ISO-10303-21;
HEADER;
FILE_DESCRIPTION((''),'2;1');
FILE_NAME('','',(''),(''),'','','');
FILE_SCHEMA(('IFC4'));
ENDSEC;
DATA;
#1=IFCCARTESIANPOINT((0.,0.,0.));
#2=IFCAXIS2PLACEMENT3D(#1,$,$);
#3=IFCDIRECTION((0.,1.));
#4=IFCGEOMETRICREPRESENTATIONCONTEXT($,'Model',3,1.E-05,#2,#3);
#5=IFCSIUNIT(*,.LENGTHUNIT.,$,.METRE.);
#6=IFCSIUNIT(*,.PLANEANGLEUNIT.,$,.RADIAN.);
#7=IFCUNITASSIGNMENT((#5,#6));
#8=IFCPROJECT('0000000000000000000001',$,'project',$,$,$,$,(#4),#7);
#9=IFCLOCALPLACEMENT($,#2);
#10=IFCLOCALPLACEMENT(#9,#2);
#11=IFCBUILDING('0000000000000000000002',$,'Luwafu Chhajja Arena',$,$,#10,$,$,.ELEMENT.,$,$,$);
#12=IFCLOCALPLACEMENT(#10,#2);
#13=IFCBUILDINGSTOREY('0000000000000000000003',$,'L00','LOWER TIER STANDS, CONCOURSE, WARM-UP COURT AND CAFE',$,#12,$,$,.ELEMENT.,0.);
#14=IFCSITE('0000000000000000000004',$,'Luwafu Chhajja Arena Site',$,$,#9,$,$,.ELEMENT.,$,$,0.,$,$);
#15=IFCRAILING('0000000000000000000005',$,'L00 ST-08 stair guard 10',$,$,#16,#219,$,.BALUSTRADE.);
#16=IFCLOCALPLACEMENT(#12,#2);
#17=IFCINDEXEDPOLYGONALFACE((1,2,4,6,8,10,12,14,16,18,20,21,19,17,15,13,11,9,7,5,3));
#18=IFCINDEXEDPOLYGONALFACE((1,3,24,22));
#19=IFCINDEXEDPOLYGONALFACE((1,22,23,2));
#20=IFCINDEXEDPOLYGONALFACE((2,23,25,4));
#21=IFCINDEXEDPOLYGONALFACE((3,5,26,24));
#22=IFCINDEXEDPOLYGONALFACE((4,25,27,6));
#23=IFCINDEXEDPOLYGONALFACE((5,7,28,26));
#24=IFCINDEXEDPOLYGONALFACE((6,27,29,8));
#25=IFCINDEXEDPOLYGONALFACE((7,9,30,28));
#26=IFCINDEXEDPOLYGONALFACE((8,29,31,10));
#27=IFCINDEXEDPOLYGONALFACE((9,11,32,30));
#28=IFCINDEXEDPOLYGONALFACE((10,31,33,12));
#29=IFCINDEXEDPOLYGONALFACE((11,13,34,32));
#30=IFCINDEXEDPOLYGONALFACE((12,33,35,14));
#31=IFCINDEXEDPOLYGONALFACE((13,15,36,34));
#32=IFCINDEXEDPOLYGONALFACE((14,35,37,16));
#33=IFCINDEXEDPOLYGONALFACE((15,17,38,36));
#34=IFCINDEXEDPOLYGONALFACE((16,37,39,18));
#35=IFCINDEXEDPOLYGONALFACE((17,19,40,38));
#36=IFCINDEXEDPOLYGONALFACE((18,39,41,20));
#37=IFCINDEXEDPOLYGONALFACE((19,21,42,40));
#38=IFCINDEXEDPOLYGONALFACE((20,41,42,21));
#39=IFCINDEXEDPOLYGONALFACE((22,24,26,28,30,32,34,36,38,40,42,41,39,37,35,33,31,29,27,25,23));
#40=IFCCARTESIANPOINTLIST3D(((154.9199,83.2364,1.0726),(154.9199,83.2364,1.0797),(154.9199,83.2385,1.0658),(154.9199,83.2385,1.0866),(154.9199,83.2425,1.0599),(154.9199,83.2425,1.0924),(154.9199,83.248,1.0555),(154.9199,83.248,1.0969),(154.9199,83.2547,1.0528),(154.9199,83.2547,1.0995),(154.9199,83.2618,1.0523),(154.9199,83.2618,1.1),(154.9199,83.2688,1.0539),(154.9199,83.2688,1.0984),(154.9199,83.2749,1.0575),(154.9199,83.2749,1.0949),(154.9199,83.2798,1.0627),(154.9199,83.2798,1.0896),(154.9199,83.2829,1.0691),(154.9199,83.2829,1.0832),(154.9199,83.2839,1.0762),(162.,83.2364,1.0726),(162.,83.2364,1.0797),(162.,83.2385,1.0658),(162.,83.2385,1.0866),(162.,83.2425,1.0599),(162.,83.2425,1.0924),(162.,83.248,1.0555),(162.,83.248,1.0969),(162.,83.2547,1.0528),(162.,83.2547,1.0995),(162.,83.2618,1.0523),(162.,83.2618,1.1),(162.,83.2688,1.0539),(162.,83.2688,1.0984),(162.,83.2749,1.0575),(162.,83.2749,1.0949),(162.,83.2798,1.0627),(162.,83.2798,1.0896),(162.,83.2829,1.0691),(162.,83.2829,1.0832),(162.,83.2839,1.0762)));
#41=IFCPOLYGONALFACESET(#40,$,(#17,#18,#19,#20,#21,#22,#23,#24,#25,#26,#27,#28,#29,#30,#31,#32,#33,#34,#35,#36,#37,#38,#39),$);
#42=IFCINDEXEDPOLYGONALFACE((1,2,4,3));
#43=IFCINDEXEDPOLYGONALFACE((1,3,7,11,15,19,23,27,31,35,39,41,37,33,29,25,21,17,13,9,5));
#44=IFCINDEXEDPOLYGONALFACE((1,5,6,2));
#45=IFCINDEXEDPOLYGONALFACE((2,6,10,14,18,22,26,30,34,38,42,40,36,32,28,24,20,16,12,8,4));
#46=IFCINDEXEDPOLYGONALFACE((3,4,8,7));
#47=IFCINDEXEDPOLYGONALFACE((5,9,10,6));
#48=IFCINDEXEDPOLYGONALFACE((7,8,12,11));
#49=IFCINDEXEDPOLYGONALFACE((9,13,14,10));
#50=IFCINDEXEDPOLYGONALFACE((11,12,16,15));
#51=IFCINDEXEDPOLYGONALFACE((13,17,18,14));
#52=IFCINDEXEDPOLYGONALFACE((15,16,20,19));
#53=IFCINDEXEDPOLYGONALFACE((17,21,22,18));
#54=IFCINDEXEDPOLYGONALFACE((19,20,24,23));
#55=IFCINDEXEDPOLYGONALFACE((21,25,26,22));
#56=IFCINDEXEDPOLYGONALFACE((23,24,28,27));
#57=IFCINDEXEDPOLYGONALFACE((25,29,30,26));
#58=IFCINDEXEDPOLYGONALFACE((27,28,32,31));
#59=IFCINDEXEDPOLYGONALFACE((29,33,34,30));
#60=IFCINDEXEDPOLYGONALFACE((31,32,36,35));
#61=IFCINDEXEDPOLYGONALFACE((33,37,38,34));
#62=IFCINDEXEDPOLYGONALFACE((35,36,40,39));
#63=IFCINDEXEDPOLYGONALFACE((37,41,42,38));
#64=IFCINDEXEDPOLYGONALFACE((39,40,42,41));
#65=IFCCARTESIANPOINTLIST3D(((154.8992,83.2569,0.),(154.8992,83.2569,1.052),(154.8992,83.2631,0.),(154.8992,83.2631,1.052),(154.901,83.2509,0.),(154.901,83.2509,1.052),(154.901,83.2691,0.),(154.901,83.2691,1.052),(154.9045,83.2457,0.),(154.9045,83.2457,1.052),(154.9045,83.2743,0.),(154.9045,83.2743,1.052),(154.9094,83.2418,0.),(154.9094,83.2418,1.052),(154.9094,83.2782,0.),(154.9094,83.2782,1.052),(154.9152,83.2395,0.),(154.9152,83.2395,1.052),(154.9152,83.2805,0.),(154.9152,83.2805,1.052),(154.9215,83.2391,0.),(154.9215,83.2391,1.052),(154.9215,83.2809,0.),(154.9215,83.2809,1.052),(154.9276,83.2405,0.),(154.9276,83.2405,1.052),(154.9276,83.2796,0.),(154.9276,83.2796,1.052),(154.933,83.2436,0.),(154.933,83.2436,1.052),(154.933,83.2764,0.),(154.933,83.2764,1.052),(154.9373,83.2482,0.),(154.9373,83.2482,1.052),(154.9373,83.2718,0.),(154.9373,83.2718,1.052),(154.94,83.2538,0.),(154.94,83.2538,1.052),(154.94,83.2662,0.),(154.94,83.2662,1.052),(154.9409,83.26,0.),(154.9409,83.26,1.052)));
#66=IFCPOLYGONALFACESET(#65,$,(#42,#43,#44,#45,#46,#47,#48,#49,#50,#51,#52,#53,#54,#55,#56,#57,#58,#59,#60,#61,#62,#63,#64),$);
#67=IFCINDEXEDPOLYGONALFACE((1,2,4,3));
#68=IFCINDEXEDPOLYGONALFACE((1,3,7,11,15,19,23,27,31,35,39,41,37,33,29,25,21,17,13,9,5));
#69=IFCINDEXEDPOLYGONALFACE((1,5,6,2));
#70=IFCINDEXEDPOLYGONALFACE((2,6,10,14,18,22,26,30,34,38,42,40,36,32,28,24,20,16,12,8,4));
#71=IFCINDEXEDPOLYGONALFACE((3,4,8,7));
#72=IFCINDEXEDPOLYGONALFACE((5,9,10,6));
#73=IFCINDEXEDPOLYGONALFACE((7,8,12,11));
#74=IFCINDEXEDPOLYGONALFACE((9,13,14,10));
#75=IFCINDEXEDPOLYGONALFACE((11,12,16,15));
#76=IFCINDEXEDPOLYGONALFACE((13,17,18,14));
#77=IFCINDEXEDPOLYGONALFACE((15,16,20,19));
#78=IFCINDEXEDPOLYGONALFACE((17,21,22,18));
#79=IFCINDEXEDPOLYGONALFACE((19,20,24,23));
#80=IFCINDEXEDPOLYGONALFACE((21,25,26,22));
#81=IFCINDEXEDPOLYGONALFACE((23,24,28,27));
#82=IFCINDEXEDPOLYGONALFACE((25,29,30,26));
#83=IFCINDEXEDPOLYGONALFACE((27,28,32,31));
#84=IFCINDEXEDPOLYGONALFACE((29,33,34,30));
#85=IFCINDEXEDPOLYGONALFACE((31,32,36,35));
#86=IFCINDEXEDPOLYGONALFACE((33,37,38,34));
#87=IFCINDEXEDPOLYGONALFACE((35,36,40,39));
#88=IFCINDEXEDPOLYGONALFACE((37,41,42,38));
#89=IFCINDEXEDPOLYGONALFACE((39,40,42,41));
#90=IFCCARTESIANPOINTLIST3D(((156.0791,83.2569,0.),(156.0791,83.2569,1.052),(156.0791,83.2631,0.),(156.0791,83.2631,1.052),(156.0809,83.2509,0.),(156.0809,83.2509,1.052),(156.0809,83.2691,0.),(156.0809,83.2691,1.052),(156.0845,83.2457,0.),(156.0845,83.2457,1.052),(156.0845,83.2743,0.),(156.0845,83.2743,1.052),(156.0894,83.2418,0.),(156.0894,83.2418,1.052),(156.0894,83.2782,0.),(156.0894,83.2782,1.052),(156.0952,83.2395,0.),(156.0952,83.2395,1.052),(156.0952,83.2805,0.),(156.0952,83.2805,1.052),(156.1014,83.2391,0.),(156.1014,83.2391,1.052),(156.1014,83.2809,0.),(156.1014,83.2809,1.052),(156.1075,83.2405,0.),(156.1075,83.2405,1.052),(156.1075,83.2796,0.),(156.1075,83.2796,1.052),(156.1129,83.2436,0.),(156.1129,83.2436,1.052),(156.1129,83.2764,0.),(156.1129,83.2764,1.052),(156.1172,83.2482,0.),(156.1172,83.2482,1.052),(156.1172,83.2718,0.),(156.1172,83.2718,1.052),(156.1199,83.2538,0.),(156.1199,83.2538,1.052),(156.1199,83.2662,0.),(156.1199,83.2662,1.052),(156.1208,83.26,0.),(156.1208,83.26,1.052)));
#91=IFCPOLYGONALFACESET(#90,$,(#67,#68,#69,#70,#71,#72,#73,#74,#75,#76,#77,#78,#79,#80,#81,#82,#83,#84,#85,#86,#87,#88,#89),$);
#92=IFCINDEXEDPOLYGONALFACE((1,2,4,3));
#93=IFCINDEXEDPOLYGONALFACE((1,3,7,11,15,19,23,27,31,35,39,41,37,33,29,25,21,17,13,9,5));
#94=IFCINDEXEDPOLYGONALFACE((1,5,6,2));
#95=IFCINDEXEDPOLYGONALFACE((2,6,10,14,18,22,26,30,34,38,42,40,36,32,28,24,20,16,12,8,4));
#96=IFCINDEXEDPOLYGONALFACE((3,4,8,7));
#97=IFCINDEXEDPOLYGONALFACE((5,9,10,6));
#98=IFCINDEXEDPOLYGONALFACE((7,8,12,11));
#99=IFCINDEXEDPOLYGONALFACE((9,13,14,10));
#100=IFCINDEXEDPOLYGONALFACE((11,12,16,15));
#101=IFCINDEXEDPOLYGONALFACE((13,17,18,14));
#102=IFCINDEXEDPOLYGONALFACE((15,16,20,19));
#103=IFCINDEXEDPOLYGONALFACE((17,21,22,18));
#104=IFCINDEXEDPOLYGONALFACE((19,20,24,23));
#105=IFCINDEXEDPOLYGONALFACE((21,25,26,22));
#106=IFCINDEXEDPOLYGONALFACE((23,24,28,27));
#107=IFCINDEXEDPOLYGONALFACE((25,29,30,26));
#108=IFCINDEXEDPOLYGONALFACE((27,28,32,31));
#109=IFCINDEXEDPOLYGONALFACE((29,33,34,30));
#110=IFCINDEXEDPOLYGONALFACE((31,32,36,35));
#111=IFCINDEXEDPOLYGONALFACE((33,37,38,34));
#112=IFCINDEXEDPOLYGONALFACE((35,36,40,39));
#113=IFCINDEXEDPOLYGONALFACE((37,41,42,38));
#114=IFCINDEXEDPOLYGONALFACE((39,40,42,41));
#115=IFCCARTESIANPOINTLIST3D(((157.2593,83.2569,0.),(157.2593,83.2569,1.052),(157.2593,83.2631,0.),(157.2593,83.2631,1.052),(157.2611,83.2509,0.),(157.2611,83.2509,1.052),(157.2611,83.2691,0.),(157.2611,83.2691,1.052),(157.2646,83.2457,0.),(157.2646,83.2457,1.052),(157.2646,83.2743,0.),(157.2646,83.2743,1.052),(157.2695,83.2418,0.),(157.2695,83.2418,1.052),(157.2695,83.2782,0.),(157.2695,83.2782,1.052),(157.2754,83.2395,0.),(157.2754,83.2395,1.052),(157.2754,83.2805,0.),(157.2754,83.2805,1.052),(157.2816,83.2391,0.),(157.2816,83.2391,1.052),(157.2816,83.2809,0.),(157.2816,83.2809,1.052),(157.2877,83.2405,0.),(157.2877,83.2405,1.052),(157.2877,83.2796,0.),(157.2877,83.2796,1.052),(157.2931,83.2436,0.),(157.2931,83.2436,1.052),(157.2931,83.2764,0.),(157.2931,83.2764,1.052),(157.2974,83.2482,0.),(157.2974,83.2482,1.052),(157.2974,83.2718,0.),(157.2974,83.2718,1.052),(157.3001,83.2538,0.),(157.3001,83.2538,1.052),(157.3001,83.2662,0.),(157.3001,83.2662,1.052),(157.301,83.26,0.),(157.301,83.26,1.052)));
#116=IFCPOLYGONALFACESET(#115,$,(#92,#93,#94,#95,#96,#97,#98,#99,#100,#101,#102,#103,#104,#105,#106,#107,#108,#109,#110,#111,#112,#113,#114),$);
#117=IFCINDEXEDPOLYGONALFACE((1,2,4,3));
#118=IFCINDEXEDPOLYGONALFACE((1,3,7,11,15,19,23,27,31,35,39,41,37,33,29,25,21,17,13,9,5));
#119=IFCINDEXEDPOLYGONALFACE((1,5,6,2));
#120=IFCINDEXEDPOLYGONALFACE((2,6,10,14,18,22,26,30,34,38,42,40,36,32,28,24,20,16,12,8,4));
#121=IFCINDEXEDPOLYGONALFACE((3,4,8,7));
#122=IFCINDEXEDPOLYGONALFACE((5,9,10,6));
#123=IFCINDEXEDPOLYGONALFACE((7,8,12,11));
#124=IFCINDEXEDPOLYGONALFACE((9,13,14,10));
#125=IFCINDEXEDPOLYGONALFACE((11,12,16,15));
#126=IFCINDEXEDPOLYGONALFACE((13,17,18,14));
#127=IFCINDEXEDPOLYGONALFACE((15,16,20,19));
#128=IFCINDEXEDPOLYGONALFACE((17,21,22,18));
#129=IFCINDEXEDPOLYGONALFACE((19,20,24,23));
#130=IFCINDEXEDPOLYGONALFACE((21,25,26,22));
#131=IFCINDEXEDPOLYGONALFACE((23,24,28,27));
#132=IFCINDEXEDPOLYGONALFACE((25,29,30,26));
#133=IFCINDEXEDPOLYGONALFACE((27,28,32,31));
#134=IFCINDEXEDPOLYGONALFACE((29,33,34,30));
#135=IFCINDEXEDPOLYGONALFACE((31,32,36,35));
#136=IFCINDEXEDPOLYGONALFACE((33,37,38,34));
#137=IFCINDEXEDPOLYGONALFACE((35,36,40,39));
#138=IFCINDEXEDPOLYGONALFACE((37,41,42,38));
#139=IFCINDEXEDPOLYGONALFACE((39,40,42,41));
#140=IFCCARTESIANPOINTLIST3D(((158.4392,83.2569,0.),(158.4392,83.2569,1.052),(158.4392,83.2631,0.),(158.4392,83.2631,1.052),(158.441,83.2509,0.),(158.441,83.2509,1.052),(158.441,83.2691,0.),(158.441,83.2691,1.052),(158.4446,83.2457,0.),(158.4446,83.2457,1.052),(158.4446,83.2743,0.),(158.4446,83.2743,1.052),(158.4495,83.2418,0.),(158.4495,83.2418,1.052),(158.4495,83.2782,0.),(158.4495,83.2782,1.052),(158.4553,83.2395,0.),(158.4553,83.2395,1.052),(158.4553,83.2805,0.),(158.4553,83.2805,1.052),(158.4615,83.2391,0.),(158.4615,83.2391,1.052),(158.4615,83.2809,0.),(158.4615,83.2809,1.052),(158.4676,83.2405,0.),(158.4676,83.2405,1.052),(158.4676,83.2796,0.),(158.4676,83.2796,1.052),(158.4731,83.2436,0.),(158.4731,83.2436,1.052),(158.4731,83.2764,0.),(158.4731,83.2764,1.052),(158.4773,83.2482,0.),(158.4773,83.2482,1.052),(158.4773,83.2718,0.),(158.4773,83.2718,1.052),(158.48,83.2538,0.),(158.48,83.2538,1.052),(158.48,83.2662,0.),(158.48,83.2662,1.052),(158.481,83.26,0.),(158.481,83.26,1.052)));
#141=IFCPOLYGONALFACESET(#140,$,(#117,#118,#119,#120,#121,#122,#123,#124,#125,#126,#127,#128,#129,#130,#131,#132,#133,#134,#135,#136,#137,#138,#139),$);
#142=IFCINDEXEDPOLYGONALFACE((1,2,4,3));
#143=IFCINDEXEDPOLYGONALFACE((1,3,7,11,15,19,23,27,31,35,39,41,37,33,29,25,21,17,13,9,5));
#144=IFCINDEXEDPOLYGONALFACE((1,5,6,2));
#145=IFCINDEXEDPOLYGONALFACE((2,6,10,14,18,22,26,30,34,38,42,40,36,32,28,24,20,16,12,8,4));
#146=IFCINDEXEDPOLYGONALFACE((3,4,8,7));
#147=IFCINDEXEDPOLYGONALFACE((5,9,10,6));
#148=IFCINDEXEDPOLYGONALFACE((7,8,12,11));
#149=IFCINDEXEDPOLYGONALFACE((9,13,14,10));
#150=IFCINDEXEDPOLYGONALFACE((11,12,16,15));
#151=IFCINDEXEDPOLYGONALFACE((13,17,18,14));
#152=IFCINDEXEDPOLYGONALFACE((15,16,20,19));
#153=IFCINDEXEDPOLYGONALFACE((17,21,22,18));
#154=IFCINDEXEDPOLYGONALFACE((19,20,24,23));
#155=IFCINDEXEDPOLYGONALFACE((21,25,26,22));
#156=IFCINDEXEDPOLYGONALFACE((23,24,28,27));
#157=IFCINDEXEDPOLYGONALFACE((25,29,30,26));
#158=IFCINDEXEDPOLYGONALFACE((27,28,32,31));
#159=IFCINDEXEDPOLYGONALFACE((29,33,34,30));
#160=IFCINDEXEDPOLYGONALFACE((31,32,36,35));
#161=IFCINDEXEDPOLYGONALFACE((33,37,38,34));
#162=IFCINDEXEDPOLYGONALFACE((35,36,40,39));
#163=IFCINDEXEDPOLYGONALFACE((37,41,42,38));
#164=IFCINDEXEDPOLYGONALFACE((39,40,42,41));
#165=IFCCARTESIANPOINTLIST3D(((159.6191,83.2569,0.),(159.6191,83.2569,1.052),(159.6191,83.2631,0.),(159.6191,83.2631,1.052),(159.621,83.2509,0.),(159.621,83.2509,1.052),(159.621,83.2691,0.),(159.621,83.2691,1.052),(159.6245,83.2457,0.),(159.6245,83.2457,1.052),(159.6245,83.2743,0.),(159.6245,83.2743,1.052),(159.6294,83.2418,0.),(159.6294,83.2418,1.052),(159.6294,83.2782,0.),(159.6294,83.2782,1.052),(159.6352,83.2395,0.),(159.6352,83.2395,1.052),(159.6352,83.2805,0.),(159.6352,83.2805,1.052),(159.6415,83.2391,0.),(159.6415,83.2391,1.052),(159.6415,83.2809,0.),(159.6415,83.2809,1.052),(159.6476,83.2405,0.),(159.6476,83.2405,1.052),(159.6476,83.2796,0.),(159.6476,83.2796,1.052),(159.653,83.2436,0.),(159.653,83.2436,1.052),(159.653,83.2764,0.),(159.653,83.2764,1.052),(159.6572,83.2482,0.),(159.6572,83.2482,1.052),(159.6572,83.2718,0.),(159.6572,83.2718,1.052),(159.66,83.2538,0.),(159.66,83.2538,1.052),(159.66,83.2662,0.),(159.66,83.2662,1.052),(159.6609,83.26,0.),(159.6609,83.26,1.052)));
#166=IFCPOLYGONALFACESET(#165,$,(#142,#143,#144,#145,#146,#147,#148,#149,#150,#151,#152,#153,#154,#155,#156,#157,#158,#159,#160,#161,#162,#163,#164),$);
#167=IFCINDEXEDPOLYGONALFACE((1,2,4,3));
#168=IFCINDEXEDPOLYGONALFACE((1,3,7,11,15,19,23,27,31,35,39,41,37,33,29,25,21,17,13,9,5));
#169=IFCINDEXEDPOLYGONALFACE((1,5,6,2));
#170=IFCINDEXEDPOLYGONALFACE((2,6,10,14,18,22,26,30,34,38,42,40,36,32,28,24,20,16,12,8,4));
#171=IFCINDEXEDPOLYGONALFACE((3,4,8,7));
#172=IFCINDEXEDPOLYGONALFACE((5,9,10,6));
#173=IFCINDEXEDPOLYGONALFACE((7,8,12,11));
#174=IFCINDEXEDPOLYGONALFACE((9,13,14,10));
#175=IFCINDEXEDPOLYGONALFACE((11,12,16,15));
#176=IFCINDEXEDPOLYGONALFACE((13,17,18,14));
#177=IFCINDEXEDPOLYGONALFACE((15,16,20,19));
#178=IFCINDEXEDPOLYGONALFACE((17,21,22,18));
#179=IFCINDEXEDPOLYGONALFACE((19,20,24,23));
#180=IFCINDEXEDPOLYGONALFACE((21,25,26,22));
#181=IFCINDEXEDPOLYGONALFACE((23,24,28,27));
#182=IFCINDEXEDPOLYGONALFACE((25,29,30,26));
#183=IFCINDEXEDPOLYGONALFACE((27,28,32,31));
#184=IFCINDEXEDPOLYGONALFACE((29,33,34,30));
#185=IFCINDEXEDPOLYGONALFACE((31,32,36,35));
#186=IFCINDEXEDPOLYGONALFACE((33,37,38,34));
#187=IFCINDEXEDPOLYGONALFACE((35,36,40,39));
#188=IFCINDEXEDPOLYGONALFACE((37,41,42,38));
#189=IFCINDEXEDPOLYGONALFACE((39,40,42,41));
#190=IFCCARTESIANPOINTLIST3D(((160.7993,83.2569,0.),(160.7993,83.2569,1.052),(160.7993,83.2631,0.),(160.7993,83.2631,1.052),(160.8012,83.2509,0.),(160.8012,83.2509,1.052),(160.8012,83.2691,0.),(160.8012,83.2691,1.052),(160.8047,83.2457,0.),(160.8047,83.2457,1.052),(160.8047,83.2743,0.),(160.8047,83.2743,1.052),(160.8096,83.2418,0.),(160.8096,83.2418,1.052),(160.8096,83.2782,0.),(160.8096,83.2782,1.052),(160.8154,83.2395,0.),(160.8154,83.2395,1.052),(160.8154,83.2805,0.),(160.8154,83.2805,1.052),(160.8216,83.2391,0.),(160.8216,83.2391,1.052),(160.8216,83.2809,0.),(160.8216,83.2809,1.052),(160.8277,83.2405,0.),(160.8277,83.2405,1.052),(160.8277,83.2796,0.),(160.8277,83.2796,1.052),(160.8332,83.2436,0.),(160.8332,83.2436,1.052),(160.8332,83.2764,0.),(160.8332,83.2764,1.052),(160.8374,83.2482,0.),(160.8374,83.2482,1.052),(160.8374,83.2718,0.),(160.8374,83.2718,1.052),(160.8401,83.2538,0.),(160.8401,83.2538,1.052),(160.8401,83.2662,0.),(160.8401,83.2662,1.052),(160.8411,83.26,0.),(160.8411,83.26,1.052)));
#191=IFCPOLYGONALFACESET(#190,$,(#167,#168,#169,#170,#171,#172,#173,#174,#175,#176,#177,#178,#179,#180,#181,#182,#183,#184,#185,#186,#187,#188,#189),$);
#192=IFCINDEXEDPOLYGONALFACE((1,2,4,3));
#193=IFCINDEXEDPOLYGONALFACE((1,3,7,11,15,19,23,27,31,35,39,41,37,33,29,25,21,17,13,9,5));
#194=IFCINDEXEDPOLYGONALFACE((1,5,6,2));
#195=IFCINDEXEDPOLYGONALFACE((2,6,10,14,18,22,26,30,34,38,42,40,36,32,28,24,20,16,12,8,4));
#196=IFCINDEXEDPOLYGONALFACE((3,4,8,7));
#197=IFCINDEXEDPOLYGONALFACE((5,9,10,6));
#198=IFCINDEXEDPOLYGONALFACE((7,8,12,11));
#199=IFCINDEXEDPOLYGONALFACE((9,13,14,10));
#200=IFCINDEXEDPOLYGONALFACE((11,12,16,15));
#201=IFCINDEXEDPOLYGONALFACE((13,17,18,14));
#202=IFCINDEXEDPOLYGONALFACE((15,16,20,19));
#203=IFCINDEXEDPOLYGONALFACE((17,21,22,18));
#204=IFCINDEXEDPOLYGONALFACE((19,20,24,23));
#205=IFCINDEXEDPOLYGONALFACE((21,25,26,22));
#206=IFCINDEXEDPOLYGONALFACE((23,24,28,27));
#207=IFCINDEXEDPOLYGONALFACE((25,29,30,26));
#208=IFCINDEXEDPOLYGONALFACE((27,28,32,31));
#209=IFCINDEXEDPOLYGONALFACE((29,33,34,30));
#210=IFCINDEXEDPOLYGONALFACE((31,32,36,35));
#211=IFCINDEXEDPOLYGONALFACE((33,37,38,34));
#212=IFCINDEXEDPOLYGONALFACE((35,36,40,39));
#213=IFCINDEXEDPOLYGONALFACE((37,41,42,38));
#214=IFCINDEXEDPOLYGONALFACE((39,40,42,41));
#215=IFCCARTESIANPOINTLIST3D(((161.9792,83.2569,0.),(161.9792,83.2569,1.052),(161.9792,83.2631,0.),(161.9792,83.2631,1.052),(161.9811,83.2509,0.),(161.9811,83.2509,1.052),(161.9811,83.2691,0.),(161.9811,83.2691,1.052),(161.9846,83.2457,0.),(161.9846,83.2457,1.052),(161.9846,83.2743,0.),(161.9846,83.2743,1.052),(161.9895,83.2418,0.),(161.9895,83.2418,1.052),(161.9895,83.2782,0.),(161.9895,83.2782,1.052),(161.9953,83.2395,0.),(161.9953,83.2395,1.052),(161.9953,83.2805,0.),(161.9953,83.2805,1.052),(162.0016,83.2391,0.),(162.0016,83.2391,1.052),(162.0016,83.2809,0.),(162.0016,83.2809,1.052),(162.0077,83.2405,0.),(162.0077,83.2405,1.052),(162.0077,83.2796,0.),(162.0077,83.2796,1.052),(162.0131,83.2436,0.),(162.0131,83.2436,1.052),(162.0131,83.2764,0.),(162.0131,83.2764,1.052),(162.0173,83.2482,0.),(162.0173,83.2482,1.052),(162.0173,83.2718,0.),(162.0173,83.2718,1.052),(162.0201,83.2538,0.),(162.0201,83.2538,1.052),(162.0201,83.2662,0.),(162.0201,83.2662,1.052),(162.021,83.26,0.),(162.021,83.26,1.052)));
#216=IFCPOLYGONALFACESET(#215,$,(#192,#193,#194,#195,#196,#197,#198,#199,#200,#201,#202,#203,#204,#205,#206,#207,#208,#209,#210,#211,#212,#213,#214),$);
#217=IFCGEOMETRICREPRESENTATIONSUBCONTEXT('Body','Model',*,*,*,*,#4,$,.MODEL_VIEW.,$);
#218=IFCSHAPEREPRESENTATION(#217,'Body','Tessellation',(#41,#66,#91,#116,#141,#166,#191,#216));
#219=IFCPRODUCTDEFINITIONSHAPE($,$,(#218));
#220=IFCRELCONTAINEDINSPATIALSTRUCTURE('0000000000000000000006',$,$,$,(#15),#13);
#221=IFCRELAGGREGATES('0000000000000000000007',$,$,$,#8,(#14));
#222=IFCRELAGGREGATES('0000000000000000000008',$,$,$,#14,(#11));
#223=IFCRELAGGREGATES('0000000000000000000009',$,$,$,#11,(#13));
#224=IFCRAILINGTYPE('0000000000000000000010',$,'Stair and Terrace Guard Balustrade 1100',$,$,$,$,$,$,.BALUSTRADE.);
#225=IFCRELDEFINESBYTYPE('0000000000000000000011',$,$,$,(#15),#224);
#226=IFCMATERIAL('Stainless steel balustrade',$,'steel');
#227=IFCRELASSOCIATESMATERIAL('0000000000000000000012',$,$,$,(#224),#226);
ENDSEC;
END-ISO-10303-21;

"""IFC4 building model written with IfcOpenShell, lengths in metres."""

from ifc_helpers import new_model, si_unit, direction, frame, origin, origin_2d, place, context, subcontext, project, spatial, circle, extrude, material, type_object, element, save


model = new_model("IFC4")

# Units and contexts
model_context = context("Model", 3, precision=1e-05, world=origin(), true_north=direction((0.0, 1.0)))
body_context = subcontext(model_context, "Body", "Model", "MODEL_VIEW")
ifc_project = project(units=[si_unit("LENGTHUNIT", "METRE"), si_unit("PLANEANGLEUNIT", "RADIAN")], contexts=[model_context])

# Site, building, storey
site_placement = place(None, origin())
site = spatial("IfcSite", under=ifc_project, at=site_placement, Name="Luwafu Chhajja Arena Site", CompositionType="ELEMENT", RefElevation=0.0)
building_placement = place(site_placement, origin())
building = spatial("IfcBuilding", under=site, at=building_placement, Name="Luwafu Chhajja Arena", CompositionType="ELEMENT")
storey_placement = place(building_placement, origin())
storey = spatial("IfcBuildingStorey", under=building, at=storey_placement, Name="L00", Description="LOWER TIER STANDS, CONCOURSE, WARM-UP COURT AND CAFE", CompositionType="ELEMENT", Elevation=0.0)

# Railing
ifc_material_1 = material(Name="Stainless steel balustrade", Category="steel")
railing_type_1 = type_object("IfcRailingType", Name="Stair and Terrace Guard Balustrade 1100", PredefinedType="BALUSTRADE", material=ifc_material_1)
for number, where, name in (
    (1, (154.9199, 83.26, 0.0), "L00 ST-08 stair guard 10"),
):
    element("IfcRailing", number, at=place(storey_placement, frame(where)), inside=storey, type_object=railing_type_1, Name=name, PredefinedType="BALUSTRADE", context=body_context, shape_type="SweptSolid", body=[
        extrude(circle(Radius=0.0239, at=origin_2d()), frame((0.0, 0.0, 1.0762), z_axis=(1.0, 0.0, 0.0), x_axis=(0.0, 1.0, 0.0)), (0.0, 0.0, 1.0), 7.0801),
        extrude(circle(Radius=0.021, at=origin_2d()), origin(), (0.0, 0.0, 1.0), 1.052),
        extrude(circle(Radius=0.021, at=origin_2d()), frame((1.1799, 0.0, 0.0)), (0.0, 0.0, 1.0), 1.052),
        extrude(circle(Radius=0.021, at=origin_2d()), frame((2.3601, 0.0, 0.0)), (0.0, 0.0, 1.0), 1.052),
        extrude(circle(Radius=0.021, at=origin_2d()), frame((3.54, 0.0, 0.0)), (0.0, 0.0, 1.0), 1.052),
        extrude(circle(Radius=0.021, at=origin_2d()), frame((4.72, 0.0, 0.0)), (0.0, 0.0, 1.0), 1.052),
        extrude(circle(Radius=0.021, at=origin_2d()), frame((5.9001, 0.0, 0.0)), (0.0, 0.0, 1.0), 1.052),
        extrude(circle(Radius=0.021, at=origin_2d()), frame((7.0801, 0.0, 0.0)), (0.0, 0.0, 1.0), 1.052),
    ])

save(model, "model.ifc")
